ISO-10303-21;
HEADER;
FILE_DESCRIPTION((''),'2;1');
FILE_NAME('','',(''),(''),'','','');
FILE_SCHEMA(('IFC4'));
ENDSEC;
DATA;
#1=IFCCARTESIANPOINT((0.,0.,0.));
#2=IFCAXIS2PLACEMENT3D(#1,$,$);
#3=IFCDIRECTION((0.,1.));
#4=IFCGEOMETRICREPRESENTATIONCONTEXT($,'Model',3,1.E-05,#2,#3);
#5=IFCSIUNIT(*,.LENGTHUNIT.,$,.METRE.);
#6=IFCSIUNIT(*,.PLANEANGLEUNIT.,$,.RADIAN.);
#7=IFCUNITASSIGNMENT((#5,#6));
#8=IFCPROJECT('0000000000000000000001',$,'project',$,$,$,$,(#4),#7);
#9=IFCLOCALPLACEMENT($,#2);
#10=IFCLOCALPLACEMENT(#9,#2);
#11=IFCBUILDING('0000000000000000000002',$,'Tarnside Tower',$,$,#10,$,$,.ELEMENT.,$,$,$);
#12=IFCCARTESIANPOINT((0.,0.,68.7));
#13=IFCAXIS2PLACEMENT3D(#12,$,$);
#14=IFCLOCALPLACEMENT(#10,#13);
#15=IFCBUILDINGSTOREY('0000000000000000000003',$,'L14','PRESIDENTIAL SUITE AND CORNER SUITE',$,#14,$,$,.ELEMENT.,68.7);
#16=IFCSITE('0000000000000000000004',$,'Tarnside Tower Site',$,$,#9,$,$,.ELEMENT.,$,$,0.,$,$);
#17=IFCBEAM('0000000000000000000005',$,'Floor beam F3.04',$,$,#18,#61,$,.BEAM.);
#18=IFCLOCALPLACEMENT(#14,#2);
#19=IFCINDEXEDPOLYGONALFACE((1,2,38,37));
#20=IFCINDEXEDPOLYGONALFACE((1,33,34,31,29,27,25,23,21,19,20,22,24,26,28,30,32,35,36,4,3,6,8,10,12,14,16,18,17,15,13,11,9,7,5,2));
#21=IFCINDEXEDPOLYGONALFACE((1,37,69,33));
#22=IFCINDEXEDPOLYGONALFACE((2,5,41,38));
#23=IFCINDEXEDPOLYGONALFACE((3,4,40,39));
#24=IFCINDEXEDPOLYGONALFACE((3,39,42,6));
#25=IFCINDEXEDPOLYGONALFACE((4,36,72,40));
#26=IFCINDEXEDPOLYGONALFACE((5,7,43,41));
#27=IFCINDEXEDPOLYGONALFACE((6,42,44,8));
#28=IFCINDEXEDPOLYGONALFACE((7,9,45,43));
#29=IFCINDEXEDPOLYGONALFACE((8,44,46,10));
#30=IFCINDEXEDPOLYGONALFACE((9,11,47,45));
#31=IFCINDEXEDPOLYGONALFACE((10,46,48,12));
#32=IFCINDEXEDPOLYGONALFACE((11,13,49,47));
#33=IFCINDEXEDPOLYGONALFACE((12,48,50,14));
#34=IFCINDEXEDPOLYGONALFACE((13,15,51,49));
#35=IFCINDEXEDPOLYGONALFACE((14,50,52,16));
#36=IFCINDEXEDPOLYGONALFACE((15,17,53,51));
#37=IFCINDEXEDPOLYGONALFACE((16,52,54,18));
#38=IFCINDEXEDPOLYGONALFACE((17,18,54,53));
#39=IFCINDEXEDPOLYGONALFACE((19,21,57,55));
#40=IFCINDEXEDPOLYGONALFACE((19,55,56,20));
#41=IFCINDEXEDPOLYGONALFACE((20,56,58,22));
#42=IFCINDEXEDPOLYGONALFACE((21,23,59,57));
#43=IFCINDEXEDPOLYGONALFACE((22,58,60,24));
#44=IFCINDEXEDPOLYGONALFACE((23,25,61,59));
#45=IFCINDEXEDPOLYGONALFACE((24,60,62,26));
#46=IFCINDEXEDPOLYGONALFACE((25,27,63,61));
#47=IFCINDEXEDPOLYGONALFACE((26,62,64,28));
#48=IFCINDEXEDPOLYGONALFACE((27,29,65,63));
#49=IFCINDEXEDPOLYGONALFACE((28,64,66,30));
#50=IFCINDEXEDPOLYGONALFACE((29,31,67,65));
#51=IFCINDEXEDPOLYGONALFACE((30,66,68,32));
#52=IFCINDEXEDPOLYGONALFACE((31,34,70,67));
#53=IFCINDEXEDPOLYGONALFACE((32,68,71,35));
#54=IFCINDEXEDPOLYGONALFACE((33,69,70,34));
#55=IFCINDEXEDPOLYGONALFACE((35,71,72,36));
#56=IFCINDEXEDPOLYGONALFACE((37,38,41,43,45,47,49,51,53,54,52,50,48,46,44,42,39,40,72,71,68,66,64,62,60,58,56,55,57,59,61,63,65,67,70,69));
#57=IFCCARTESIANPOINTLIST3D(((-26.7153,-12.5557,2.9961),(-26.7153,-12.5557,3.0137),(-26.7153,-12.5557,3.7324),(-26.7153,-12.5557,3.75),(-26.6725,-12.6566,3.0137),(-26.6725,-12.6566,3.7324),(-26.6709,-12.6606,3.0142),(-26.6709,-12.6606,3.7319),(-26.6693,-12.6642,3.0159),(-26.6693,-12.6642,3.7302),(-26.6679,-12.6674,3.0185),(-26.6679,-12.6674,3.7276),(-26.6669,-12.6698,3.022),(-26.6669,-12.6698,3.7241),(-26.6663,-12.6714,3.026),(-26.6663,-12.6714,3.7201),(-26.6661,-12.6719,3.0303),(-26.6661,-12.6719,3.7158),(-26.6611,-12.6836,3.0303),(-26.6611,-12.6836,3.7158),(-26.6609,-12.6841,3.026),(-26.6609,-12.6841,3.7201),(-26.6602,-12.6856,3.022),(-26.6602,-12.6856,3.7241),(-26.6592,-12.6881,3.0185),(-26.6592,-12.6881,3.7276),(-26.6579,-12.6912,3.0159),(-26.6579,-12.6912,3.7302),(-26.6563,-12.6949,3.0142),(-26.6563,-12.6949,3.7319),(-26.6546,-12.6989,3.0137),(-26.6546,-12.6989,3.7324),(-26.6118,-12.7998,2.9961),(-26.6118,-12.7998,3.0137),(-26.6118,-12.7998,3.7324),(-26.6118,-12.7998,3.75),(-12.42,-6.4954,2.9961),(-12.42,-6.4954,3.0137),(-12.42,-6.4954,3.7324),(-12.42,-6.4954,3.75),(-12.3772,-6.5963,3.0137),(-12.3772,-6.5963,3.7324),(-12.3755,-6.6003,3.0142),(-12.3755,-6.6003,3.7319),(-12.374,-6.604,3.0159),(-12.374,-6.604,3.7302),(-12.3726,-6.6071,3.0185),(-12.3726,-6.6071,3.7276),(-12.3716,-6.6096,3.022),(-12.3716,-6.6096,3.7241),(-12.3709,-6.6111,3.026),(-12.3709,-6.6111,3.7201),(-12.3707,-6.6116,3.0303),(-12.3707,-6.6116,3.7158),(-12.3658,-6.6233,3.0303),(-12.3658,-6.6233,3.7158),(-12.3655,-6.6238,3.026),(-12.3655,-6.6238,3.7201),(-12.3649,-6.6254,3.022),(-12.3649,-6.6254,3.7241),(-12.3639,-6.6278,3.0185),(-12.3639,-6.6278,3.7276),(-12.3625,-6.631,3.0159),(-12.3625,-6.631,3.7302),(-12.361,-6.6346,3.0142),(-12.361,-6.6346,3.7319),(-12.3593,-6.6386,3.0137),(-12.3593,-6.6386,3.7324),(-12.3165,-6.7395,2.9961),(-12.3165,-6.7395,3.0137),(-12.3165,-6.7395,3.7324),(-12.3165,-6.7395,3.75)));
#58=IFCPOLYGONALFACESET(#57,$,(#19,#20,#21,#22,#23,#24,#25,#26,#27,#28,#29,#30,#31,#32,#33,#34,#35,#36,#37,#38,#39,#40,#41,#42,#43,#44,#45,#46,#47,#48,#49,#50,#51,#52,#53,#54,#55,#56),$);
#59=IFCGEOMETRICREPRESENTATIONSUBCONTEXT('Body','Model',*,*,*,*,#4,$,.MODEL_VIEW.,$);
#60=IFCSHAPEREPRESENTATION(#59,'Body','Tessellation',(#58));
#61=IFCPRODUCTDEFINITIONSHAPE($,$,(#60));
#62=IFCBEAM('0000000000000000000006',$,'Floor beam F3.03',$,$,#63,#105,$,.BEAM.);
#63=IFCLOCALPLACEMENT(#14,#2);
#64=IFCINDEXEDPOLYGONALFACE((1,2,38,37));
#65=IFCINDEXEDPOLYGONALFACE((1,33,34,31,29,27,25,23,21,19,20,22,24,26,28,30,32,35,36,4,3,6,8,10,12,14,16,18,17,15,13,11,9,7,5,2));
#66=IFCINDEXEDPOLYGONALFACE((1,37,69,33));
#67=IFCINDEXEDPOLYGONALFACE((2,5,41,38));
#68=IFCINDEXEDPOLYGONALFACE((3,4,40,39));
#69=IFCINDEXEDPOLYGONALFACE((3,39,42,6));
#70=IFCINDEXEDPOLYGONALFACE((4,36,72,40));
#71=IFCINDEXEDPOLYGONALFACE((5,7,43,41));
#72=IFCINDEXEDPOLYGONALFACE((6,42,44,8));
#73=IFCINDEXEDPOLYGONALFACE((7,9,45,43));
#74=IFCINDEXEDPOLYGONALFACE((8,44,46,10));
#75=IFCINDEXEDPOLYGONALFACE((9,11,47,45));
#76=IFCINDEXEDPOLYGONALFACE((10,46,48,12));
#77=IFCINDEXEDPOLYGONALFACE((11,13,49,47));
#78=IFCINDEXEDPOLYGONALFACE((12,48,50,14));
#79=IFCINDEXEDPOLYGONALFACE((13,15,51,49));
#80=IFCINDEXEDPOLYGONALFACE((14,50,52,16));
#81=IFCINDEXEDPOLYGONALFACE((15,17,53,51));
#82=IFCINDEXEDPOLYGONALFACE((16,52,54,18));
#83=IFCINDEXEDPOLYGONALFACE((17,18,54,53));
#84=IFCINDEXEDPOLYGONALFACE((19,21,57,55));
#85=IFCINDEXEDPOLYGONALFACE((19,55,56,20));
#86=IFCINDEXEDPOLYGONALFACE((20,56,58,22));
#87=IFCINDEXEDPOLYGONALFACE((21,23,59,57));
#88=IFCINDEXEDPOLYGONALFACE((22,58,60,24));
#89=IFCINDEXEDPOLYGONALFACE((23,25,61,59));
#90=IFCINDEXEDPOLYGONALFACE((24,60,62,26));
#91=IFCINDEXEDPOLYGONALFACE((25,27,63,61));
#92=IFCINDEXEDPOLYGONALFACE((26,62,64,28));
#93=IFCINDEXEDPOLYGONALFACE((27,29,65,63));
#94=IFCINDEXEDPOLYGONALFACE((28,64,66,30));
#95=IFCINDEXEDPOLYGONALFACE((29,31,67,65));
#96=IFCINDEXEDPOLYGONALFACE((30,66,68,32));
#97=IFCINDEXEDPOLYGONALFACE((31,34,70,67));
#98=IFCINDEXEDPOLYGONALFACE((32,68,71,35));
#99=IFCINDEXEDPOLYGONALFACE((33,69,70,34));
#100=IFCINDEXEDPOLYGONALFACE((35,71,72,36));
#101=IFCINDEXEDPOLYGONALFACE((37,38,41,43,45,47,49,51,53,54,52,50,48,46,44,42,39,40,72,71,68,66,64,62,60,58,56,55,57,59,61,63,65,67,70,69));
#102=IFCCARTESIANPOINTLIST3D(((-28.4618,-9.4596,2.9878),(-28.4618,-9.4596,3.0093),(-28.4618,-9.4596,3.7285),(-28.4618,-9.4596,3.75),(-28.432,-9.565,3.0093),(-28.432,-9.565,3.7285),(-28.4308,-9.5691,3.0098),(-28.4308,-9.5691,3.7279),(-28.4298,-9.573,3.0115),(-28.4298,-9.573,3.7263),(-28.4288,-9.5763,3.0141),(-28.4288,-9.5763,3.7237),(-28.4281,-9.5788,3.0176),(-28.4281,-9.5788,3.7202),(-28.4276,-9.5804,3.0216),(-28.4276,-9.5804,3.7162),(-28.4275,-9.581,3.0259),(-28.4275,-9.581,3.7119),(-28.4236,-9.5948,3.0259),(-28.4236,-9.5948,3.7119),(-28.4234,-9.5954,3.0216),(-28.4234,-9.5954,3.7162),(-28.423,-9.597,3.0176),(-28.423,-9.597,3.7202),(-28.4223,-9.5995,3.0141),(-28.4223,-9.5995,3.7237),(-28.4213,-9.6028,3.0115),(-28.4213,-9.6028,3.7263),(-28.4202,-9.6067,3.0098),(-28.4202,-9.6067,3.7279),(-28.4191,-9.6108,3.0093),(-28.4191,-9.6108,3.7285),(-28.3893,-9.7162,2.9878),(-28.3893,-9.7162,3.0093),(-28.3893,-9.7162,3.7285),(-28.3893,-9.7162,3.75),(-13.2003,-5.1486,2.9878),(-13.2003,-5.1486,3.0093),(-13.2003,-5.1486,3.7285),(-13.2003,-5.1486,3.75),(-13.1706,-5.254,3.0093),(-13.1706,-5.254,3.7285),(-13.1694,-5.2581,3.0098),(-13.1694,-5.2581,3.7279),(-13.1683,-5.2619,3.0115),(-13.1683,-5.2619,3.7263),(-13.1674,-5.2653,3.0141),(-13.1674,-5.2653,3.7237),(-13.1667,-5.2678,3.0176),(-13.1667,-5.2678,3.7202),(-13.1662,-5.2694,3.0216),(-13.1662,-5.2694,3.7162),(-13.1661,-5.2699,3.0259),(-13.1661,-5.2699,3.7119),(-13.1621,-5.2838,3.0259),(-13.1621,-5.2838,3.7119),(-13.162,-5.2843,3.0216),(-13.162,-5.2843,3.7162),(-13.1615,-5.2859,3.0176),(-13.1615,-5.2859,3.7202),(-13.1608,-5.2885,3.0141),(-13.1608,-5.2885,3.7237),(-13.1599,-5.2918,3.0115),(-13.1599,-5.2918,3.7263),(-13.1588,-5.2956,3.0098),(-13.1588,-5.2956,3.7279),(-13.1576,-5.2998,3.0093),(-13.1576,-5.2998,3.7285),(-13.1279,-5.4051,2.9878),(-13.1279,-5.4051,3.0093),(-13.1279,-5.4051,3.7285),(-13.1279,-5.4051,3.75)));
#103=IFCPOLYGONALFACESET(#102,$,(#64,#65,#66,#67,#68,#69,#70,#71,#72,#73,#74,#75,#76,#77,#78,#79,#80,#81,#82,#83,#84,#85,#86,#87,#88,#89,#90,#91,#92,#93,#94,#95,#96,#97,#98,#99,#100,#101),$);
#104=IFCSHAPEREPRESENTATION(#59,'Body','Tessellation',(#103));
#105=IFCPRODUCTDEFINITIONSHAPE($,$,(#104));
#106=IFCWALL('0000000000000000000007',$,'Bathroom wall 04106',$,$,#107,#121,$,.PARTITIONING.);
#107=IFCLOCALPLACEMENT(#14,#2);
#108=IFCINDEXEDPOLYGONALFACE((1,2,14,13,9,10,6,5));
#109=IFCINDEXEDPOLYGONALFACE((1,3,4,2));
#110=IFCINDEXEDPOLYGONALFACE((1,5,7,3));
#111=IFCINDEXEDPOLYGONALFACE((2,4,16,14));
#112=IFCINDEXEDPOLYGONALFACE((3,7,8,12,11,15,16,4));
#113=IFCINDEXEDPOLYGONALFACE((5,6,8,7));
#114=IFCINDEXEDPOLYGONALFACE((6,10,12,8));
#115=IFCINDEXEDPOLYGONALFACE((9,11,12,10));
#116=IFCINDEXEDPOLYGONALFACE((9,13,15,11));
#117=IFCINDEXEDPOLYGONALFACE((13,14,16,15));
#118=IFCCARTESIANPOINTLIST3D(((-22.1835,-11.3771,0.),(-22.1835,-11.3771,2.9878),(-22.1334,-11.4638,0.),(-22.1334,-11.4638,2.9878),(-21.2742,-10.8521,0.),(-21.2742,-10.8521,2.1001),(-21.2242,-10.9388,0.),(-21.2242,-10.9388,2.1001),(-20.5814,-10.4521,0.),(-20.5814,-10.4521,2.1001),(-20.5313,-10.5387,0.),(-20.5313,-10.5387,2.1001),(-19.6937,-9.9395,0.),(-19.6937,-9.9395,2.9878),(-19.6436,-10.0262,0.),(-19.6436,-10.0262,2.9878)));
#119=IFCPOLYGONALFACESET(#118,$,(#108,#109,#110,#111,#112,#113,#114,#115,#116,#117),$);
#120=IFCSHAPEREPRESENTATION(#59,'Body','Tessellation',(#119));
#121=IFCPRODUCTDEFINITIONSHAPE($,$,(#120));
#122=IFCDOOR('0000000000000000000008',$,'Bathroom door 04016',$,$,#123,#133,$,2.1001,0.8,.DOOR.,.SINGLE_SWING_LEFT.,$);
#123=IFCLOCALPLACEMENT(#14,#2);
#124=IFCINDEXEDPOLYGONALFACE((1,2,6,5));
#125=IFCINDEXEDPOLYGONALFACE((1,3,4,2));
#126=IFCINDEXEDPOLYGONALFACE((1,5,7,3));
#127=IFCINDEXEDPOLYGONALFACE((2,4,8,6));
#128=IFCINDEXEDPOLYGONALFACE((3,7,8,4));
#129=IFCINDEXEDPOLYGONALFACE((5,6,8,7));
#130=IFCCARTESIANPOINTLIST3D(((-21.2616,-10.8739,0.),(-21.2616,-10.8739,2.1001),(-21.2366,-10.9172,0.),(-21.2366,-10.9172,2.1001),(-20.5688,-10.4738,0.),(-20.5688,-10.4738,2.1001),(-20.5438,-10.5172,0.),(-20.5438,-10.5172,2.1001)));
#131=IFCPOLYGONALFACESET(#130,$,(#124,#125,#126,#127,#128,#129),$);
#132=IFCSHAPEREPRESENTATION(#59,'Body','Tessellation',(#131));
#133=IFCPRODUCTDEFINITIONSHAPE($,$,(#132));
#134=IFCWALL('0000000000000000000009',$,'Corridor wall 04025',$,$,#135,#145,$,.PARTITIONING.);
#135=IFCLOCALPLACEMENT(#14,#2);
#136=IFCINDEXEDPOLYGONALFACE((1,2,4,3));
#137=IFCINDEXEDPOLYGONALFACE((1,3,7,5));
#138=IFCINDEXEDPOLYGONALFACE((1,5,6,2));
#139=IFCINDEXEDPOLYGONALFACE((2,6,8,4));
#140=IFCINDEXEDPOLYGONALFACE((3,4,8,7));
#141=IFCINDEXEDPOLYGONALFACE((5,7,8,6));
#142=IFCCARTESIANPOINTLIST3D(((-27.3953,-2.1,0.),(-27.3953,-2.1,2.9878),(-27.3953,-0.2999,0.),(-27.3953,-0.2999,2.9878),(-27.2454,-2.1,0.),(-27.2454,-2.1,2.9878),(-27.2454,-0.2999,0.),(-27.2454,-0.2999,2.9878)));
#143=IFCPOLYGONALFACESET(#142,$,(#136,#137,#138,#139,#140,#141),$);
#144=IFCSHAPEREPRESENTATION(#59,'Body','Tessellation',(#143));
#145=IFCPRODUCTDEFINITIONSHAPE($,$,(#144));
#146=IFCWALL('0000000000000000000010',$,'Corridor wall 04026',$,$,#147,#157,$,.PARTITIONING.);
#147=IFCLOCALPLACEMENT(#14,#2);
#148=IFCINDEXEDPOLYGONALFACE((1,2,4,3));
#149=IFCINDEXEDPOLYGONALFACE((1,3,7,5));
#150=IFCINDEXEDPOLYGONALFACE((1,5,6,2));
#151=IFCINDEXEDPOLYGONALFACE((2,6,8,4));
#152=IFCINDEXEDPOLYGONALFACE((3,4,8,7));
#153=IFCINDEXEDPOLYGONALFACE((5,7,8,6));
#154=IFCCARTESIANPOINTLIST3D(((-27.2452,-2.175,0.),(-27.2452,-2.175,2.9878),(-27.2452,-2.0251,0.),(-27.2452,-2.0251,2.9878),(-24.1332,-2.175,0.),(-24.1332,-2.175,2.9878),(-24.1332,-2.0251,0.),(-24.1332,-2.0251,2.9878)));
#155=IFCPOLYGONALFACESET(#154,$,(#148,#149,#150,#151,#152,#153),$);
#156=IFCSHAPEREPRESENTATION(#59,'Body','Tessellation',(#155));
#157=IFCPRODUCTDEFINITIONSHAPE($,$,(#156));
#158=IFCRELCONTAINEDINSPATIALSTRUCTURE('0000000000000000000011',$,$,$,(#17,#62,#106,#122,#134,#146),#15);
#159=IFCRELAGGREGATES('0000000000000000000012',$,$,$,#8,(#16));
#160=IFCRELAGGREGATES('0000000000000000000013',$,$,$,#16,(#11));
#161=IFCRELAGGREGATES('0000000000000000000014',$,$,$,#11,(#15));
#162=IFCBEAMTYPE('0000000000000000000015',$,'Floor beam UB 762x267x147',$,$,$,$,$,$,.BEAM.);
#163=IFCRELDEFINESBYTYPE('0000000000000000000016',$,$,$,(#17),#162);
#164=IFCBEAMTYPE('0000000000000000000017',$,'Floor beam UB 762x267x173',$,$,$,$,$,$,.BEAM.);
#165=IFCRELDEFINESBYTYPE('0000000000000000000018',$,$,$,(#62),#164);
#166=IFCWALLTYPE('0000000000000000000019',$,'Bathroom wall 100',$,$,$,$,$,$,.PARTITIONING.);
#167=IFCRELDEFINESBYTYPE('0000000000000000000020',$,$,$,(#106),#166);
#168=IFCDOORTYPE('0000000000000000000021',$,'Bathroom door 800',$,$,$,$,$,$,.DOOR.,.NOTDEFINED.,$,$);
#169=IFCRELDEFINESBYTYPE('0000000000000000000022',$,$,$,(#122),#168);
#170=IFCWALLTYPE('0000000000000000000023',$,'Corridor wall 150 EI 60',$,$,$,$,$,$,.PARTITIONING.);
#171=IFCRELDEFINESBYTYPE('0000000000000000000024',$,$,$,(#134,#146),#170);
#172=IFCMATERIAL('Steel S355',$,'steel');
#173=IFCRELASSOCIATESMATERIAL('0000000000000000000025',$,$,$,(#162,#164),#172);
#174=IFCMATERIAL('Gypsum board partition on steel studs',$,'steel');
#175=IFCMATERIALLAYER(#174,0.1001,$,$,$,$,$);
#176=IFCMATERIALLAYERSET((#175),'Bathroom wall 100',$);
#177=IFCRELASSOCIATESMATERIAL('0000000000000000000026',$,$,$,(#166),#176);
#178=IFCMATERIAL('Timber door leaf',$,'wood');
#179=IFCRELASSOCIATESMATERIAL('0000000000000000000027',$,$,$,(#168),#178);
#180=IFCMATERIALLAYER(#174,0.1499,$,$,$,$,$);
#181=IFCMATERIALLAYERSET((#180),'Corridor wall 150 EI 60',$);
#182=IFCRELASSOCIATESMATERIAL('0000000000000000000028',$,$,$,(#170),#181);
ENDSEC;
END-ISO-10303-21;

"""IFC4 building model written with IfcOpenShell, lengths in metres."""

from ifc_helpers import new_model, si_unit, direction, frame, frame_2d, origin, origin_2d, place, context, subcontext, project, spatial, rectangle, i_section, extrude, material, layer, layer_set, material_profile, profile_set, type_object, element, fill, save


model = new_model("IFC4")

# Units and contexts
model_context = context("Model", 3, precision=1e-05, world=origin(), true_north=direction((0.0, 1.0)))
body_context = subcontext(model_context, "Body", "Model", "MODEL_VIEW")
ifc_project = project(units=[si_unit("LENGTHUNIT", "METRE"), si_unit("PLANEANGLEUNIT", "RADIAN")], contexts=[model_context])

# Site, building, storey
site_placement = place(None, origin())
site = spatial("IfcSite", under=ifc_project, at=site_placement, Name="Tarnside Tower Site", CompositionType="ELEMENT", RefElevation=0.0)
building_placement = place(site_placement, origin())
building = spatial("IfcBuilding", under=site, at=building_placement, Name="Tarnside Tower", CompositionType="ELEMENT")
storey_placement = place(building_placement, frame((0.0, 0.0, 68.7)))
storey = spatial("IfcBuildingStorey", under=building, at=storey_placement, Name="L14", Description="PRESIDENTIAL SUITE AND CORNER SUITE", CompositionType="ELEMENT", Elevation=68.7)

# Beams
ifc_material_1 = material(Name="Steel S355", Category="steel")
ifc_material_profile_1 = material_profile(ifc_material_1, i_section(OverallWidth=0.2651, OverallDepth=0.7539, WebThickness=0.0127, FlangeThickness=0.0176, FilletRadius=0.0166, at=origin_2d()), Name="UB 762x267x147")
ifc_profile_set_1 = profile_set([ifc_material_profile_1], Name="Steel S355")
beam_type_1 = type_object("IfcBeamType", Name="Floor beam UB 762x267x147", PredefinedType="BEAM", material=ifc_profile_set_1)
beam_1_placement = place(storey_placement, frame((-26.6636, -12.6777, 3.373), z_axis=(0.920684, 0.390309, 0.0), x_axis=(-0.390309, 0.920684, 0.0)))
element("IfcBeam", 1, at=beam_1_placement, inside=storey, type_object=beam_type_1, Name="Floor beam F3.04", PredefinedType="BEAM", context=body_context, shape_type="SweptSolid", body=[
    extrude(i_section(OverallWidth=0.2651, OverallDepth=0.7539, WebThickness=0.0127, FlangeThickness=0.0176, FilletRadius=0.0166, at=origin_2d()), origin(), (0.0, 0.0, 1.0), 15.5269),
])
ifc_material_profile_2 = material_profile(ifc_material_1, i_section(OverallWidth=0.2666, OverallDepth=0.7622, WebThickness=0.0144, FlangeThickness=0.0215, FilletRadius=0.0166, at=origin_2d()), Name="UB 762x267x173")
ifc_profile_set_2 = profile_set([ifc_material_profile_2], Name="Steel S355")
beam_type_2 = type_object("IfcBeamType", Name="Floor beam UB 762x267x173", PredefinedType="BEAM", material=ifc_profile_set_2)
beam_2_placement = place(storey_placement, frame((-28.4255, -9.5879, 3.3689), z_axis=(0.962342, 0.271841, 0.0), x_axis=(-0.271841, 0.962342, 0.0)))
element("IfcBeam", 2, at=beam_2_placement, inside=storey, type_object=beam_type_2, Name="Floor beam F3.03", PredefinedType="BEAM", context=body_context, shape_type="SweptSolid", body=[
    extrude(i_section(OverallWidth=0.2666, OverallDepth=0.7622, WebThickness=0.0144, FlangeThickness=0.0215, FilletRadius=0.0166, at=origin_2d()), origin(), (0.0, 0.0, 1.0), 15.8586),
])

# Wall, opening, door
ifc_material_2 = material(Name="Gypsum board partition on steel studs", Category="steel")
ifc_layer_1 = layer(ifc_material_2, 0.1001)
ifc_layer_set_1 = layer_set([ifc_layer_1], Name="Bathroom wall 100")
wall_type_1 = type_object("IfcWallType", Name="Bathroom wall 100", PredefinedType="PARTITIONING", material=ifc_layer_set_1)
wall_1_placement = place(storey_placement, frame((-22.1584, -11.4204, 0.0), z_axis=(0.0, 0.0, 1.0), x_axis=(0.866019, 0.500012, 0.0)))
wall_1 = element("IfcWall", 3, at=wall_1_placement, inside=storey, type_object=wall_type_1, Name="Bathroom wall 04106", PredefinedType="PARTITIONING", context=body_context, shape_type="SweptSolid", body=[
    extrude(rectangle(XDim=2.875, YDim=0.1001, at=frame_2d((1.4375, 0.0))), origin(), (0.0, 0.0, 1.0), 2.9878),
])
opening_1_placement = place(wall_1_placement, frame((1.05, 0.0, 0.0)))
opening_1 = element("IfcOpeningElement", 4, at=opening_1_placement, cuts=wall_1, PredefinedType="OPENING", context=body_context, shape_type="SweptSolid", body=[
    extrude(rectangle(XDim=0.8, YDim=2.1001, at=frame_2d((0.3999, 1.05))), frame((0.0, 0.0601, 0.0), z_axis=(0.0, -1.0, 0.0), x_axis=(1.0, 0.0, 0.0)), (0.0, 0.0, 1.0), 0.1201),
])
ifc_material_3 = material(Name="Timber door leaf", Category="wood")
door_type_1 = type_object("IfcDoorType", Name="Bathroom door 800", OperationType="NOTDEFINED", PredefinedType="DOOR", material=ifc_material_3)
door_1_placement = place(opening_1_placement, origin())
door_1 = element("IfcDoor", 5, at=door_1_placement, inside=storey, type_object=door_type_1, Name="Bathroom door 04016", OperationType="SINGLE_SWING_LEFT", OverallHeight=2.1001, OverallWidth=0.8, PredefinedType="DOOR", context=body_context, shape_type="SweptSolid", body=[
    extrude(rectangle(XDim=0.8, YDim=2.1001, at=frame_2d((0.3999, 1.05))), frame((0.0, 0.0249, 0.0), z_axis=(0.0, -1.0, 0.0), x_axis=(1.0, 0.0, 0.0)), (0.0, 0.0, 1.0), 0.05),
])
fill(opening_1, door_1)

# Walls
ifc_layer_2 = layer(ifc_material_2, 0.1499)
ifc_layer_set_2 = layer_set([ifc_layer_2], Name="Corridor wall 150 EI 60")
wall_type_2 = type_object("IfcWallType", Name="Corridor wall 150 EI 60", PredefinedType="PARTITIONING", material=ifc_layer_set_2)
wall_2_placement = place(storey_placement, frame((-27.3203, -0.3, 0.0), z_axis=(0.0, 0.0, 1.0), x_axis=(0.0, -1.0, 0.0)))
element("IfcWall", 6, at=wall_2_placement, inside=storey, type_object=wall_type_2, Name="Corridor wall 04025", PredefinedType="PARTITIONING", context=body_context, shape_type="SweptSolid", body=[
    extrude(rectangle(XDim=1.8, YDim=0.1499, at=frame_2d((0.8999, 0.0))), origin(), (0.0, 0.0, 1.0), 2.9878),
])
wall_3_placement = place(storey_placement, frame((-27.2454, -2.1001, 0.0), z_axis=(0.0, 0.0, 1.0), x_axis=(1.0, 0.0, 0.0)))
element("IfcWall", 7, at=wall_3_placement, inside=storey, type_object=wall_type_2, Name="Corridor wall 04026", PredefinedType="PARTITIONING", context=body_context, shape_type="SweptSolid", body=[
    extrude(rectangle(XDim=3.1121, YDim=0.1499, at=frame_2d((1.5562, 0.0))), origin(), (0.0, 0.0, 1.0), 2.9878),
])

save(model, "model.ifc")
